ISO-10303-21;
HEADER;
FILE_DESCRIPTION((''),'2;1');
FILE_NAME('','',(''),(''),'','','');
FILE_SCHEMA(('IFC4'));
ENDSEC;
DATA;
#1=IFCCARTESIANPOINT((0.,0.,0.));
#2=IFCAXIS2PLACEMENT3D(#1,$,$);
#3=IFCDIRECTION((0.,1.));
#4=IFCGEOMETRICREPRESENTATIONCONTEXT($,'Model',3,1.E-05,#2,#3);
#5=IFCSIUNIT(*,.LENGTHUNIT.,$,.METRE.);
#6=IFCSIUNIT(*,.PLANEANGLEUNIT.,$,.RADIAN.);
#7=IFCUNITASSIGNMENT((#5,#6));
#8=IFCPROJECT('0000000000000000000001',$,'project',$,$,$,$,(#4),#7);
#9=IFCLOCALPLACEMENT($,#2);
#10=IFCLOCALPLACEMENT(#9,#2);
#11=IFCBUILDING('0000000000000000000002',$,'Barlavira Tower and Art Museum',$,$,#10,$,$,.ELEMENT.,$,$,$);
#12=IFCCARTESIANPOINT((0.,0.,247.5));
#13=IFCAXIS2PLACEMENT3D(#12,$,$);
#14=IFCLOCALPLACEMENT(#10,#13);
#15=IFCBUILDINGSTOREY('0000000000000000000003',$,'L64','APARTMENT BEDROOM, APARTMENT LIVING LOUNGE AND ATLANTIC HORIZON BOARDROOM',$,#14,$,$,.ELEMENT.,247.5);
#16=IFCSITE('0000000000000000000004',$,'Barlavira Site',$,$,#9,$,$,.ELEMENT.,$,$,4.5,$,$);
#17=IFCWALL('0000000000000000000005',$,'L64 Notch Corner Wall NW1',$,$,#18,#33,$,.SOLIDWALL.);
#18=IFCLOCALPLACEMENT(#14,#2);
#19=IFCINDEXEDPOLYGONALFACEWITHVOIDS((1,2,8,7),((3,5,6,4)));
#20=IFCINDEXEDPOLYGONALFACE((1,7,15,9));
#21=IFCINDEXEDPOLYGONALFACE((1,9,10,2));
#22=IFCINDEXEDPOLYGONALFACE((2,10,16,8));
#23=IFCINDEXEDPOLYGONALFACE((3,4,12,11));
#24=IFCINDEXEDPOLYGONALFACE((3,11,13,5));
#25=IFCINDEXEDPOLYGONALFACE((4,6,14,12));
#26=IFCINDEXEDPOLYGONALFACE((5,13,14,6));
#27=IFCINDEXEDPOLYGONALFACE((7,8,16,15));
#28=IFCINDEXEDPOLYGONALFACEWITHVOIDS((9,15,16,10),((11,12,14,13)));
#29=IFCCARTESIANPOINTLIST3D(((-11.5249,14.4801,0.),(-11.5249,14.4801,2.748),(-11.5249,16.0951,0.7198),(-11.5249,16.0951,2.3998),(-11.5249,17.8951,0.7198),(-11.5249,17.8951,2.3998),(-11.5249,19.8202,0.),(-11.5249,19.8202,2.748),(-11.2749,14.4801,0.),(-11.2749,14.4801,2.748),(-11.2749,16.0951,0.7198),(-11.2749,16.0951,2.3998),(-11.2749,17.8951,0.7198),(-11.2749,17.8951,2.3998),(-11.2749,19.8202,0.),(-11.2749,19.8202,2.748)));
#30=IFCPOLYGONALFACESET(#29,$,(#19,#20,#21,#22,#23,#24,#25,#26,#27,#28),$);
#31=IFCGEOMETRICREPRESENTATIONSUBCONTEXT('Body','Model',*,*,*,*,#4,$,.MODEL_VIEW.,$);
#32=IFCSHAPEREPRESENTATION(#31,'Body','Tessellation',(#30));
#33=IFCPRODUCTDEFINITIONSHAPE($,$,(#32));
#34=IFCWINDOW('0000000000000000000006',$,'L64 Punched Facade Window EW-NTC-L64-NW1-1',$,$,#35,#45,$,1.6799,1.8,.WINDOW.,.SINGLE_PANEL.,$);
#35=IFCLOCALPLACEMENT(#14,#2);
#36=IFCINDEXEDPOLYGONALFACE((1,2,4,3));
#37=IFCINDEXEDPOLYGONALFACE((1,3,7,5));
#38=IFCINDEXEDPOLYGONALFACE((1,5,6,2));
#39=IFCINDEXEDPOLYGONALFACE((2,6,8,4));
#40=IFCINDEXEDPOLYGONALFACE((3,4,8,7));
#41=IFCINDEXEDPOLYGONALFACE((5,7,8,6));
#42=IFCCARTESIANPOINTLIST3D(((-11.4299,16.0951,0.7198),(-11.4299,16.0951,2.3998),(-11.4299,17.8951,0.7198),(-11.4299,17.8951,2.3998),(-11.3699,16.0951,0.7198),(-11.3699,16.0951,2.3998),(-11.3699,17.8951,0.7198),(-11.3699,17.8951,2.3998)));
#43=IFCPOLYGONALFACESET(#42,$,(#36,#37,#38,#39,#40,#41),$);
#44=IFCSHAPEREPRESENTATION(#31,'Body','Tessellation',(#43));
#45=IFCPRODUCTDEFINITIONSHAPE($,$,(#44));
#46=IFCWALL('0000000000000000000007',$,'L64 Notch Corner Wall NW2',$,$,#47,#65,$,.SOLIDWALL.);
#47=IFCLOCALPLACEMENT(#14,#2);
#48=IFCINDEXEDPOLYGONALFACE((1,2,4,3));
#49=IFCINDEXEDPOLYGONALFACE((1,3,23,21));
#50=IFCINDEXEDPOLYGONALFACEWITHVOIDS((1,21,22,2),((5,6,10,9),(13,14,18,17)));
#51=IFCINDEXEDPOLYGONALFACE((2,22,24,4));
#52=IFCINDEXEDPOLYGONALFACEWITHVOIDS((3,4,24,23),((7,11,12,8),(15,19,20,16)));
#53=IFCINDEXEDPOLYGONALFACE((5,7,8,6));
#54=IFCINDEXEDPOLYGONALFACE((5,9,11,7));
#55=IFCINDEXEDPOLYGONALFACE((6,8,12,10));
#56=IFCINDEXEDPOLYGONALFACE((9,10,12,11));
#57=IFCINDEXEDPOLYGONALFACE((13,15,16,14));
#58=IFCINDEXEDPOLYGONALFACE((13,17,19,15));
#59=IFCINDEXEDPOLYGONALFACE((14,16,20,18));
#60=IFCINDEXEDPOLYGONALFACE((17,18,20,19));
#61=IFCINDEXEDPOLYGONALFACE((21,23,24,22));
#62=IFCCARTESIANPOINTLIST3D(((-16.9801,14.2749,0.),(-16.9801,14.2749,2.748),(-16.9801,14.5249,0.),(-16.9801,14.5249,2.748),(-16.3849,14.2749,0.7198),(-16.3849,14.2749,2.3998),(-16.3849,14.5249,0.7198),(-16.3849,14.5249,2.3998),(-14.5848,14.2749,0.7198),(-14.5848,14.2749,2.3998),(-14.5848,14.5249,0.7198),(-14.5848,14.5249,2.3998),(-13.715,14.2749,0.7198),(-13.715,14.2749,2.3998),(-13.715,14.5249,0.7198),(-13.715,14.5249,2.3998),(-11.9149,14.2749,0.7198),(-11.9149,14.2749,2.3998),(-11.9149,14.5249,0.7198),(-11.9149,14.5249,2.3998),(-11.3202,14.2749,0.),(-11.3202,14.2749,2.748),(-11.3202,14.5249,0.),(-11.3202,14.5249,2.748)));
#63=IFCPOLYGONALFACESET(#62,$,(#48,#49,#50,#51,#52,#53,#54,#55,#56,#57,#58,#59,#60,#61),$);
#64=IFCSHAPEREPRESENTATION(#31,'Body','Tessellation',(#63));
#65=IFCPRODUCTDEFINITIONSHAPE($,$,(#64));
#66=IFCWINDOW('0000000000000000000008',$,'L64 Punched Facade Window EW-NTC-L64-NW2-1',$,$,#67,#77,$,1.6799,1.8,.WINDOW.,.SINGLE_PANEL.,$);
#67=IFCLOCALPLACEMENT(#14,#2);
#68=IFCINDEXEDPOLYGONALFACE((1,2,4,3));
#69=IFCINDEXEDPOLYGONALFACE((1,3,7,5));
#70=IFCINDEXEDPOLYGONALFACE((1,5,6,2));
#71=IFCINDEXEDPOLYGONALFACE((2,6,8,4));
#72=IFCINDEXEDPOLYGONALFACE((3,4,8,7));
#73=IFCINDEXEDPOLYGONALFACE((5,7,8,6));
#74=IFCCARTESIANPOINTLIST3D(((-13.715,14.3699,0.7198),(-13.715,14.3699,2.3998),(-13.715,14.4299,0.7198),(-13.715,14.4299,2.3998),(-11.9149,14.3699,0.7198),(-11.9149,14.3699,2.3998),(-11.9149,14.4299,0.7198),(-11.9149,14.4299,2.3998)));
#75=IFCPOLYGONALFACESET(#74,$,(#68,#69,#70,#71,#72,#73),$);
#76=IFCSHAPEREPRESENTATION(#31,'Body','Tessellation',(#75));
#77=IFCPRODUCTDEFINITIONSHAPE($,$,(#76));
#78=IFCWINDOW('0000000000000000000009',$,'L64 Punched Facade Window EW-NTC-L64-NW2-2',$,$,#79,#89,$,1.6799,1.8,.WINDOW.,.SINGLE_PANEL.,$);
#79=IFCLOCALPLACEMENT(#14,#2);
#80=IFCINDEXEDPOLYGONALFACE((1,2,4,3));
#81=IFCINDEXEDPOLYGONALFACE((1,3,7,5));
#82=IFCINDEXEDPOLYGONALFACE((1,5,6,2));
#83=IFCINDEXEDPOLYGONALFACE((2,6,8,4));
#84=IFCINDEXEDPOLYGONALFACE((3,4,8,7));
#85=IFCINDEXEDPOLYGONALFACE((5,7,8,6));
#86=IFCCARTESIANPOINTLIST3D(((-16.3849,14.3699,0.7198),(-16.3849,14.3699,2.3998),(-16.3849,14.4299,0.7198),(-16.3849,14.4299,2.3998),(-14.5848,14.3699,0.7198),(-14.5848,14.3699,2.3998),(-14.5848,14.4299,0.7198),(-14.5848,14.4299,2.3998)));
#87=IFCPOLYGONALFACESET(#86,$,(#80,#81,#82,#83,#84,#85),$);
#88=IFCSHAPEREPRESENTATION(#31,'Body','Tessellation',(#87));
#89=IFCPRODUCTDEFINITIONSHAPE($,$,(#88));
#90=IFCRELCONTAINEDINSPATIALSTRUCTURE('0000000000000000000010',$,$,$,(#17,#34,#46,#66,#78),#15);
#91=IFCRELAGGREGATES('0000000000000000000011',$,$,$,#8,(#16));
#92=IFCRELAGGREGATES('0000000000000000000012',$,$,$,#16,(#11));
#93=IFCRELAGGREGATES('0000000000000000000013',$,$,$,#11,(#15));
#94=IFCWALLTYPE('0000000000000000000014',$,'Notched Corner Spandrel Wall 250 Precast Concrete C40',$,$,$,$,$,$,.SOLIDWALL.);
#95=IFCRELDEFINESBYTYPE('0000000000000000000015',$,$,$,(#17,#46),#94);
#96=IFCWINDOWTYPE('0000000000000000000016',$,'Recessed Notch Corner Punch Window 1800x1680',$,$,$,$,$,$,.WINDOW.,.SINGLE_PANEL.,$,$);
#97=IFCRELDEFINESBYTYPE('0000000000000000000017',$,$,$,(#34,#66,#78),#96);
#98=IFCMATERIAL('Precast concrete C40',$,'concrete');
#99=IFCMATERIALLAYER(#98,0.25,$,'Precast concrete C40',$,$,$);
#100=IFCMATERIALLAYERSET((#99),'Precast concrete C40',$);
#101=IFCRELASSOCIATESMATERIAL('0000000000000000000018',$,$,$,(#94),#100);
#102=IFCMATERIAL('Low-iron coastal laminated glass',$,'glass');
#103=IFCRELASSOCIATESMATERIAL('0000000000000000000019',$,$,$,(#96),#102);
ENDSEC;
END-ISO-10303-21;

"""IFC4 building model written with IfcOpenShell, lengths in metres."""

from ifc_helpers import new_model, si_unit, direction, frame, frame_2d, origin, place, context, subcontext, project, spatial, rectangle, extrude, material, layer, layer_set, type_object, element, fill, save


model = new_model("IFC4")

# Units and contexts
model_context = context("Model", 3, precision=1e-05, world=origin(), true_north=direction((0.0, 1.0)))
body_context = subcontext(model_context, "Body", "Model", "MODEL_VIEW")
ifc_project = project(units=[si_unit("LENGTHUNIT", "METRE"), si_unit("PLANEANGLEUNIT", "RADIAN")], contexts=[model_context])

# Site, building, storey
site_placement = place(None, origin())
site = spatial("IfcSite", under=ifc_project, at=site_placement, Name="Barlavira Site", CompositionType="ELEMENT", RefElevation=4.5)
building_placement = place(site_placement, origin())
building = spatial("IfcBuilding", under=site, at=building_placement, Name="Barlavira Tower and Art Museum", CompositionType="ELEMENT")
storey_placement = place(building_placement, frame((0.0, 0.0, 247.5)))
storey = spatial("IfcBuildingStorey", under=building, at=storey_placement, Name="L64", Description="APARTMENT BEDROOM, APARTMENT LIVING LOUNGE AND ATLANTIC HORIZON BOARDROOM", CompositionType="ELEMENT", Elevation=247.5)

# Shared definitions
ifc_material_1 = material(Name="Precast concrete C40", Category="concrete")
ifc_layer_1 = layer(ifc_material_1, 0.25, Name="Precast concrete C40")
ifc_layer_set_1 = layer_set([ifc_layer_1], Name="Precast concrete C40")
wall_type_1 = type_object("IfcWallType", Name="Notched Corner Spandrel Wall 250 Precast Concrete C40", PredefinedType="SOLIDWALL", material=ifc_layer_set_1)
ifc_material_2 = material(Name="Low-iron coastal laminated glass", Category="glass")
window_type = type_object("IfcWindowType", Name="Recessed Notch Corner Punch Window 1800x1680", PartitioningType="SINGLE_PANEL", PredefinedType="WINDOW", material=ifc_material_2)

# Wall, opening, window
wall_1_placement = place(storey_placement, frame((-11.3999, 19.8201, 0.0), z_axis=(0.0, 0.0, 1.0), x_axis=(0.0, -1.0, 0.0)))
wall_1 = element("IfcWall", 1, at=wall_1_placement, inside=storey, type_object=wall_type_1, Name="L64 Notch Corner Wall NW1", PredefinedType="SOLIDWALL", context=body_context, shape_type="SweptSolid", body=[
    extrude(rectangle(XDim=5.3401, YDim=0.25, at=frame_2d((2.6699, 0.0))), origin(), (0.0, 0.0, 1.0), 2.748),
])
opening_1_placement = place(wall_1_placement, frame((1.925, 0.0, 0.72)))
opening_1 = element("IfcOpeningElement", 2, at=opening_1_placement, cuts=wall_1, PredefinedType="OPENING", context=body_context, shape_type="SweptSolid", body=[
    extrude(rectangle(XDim=1.8, YDim=1.6799, at=frame_2d((0.8999, 0.8398))), frame((0.0, 0.135, 0.0), z_axis=(0.0, -1.0, 0.0), x_axis=(1.0, 0.0, 0.0)), (0.0, 0.0, 1.0), 0.27),
])
window_1_placement = place(opening_1_placement, origin())
window_1 = element("IfcWindow", 3, at=window_1_placement, inside=storey, type_object=window_type, Name="L64 Punched Facade Window EW-NTC-L64-NW1-1", OverallHeight=1.6799, OverallWidth=1.8, PartitioningType="SINGLE_PANEL", PredefinedType="WINDOW", context=body_context, shape_type="SweptSolid", body=[
    extrude(rectangle(XDim=1.8, YDim=1.6799, at=frame_2d((0.8999, 0.8398))), frame((0.0, 0.03, 0.0), z_axis=(0.0, -1.0, 0.0), x_axis=(1.0, 0.0, 0.0)), (0.0, 0.0, 1.0), 0.0601),
])
fill(opening_1, window_1)

# Wall, openings, windows
wall_2_placement = place(storey_placement, frame((-11.3201, 14.3999, 0.0), z_axis=(0.0, 0.0, 1.0), x_axis=(-1.0, 0.0, 0.0)))
wall_2 = element("IfcWall", 4, at=wall_2_placement, inside=storey, type_object=wall_type_1, Name="L64 Notch Corner Wall NW2", PredefinedType="SOLIDWALL", context=body_context, shape_type="SweptSolid", body=[
    extrude(rectangle(XDim=5.6599, YDim=0.25, at=frame_2d((2.8301, 0.0))), origin(), (0.0, 0.0, 1.0), 2.748),
])
opening_2_placement = place(wall_2_placement, frame((0.595, 0.0, 0.72)))
opening_2 = element("IfcOpeningElement", 5, at=opening_2_placement, cuts=wall_2, PredefinedType="OPENING", context=body_context, shape_type="SweptSolid", body=[
    extrude(rectangle(XDim=1.8, YDim=1.6799, at=frame_2d((0.8999, 0.8398))), frame((0.0, 0.135, 0.0), z_axis=(0.0, -1.0, 0.0), x_axis=(1.0, 0.0, 0.0)), (0.0, 0.0, 1.0), 0.27),
])
opening_3_placement = place(wall_2_placement, frame((3.2649, 0.0, 0.72)))
opening_3 = element("IfcOpeningElement", 6, at=opening_3_placement, cuts=wall_2, PredefinedType="OPENING", context=body_context, shape_type="SweptSolid", body=[
    extrude(rectangle(XDim=1.8, YDim=1.6799, at=frame_2d((0.8999, 0.8398))), frame((0.0, 0.135, 0.0), z_axis=(0.0, -1.0, 0.0), x_axis=(1.0, 0.0, 0.0)), (0.0, 0.0, 1.0), 0.27),
])
window_2_placement = place(opening_2_placement, origin())
window_2 = element("IfcWindow", 7, at=window_2_placement, inside=storey, type_object=window_type, Name="L64 Punched Facade Window EW-NTC-L64-NW2-1", OverallHeight=1.6799, OverallWidth=1.8, PartitioningType="SINGLE_PANEL", PredefinedType="WINDOW", context=body_context, shape_type="SweptSolid", body=[
    extrude(rectangle(XDim=1.8, YDim=1.6799, at=frame_2d((0.8999, 0.8398))), frame((0.0, 0.03, 0.0), z_axis=(0.0, -1.0, 0.0), x_axis=(1.0, 0.0, 0.0)), (0.0, 0.0, 1.0), 0.0601),
])
fill(opening_2, window_2)
window_3_placement = place(opening_3_placement, origin())
window_3 = element("IfcWindow", 8, at=window_3_placement, inside=storey, type_object=window_type, Name="L64 Punched Facade Window EW-NTC-L64-NW2-2", OverallHeight=1.6799, OverallWidth=1.8, PartitioningType="SINGLE_PANEL", PredefinedType="WINDOW", context=body_context, shape_type="SweptSolid", body=[
    extrude(rectangle(XDim=1.8, YDim=1.6799, at=frame_2d((0.8999, 0.8398))), frame((0.0, 0.03, 0.0), z_axis=(0.0, -1.0, 0.0), x_axis=(1.0, 0.0, 0.0)), (0.0, 0.0, 1.0), 0.0601),
])
fill(opening_3, window_3)

save(model, "model.ifc")
